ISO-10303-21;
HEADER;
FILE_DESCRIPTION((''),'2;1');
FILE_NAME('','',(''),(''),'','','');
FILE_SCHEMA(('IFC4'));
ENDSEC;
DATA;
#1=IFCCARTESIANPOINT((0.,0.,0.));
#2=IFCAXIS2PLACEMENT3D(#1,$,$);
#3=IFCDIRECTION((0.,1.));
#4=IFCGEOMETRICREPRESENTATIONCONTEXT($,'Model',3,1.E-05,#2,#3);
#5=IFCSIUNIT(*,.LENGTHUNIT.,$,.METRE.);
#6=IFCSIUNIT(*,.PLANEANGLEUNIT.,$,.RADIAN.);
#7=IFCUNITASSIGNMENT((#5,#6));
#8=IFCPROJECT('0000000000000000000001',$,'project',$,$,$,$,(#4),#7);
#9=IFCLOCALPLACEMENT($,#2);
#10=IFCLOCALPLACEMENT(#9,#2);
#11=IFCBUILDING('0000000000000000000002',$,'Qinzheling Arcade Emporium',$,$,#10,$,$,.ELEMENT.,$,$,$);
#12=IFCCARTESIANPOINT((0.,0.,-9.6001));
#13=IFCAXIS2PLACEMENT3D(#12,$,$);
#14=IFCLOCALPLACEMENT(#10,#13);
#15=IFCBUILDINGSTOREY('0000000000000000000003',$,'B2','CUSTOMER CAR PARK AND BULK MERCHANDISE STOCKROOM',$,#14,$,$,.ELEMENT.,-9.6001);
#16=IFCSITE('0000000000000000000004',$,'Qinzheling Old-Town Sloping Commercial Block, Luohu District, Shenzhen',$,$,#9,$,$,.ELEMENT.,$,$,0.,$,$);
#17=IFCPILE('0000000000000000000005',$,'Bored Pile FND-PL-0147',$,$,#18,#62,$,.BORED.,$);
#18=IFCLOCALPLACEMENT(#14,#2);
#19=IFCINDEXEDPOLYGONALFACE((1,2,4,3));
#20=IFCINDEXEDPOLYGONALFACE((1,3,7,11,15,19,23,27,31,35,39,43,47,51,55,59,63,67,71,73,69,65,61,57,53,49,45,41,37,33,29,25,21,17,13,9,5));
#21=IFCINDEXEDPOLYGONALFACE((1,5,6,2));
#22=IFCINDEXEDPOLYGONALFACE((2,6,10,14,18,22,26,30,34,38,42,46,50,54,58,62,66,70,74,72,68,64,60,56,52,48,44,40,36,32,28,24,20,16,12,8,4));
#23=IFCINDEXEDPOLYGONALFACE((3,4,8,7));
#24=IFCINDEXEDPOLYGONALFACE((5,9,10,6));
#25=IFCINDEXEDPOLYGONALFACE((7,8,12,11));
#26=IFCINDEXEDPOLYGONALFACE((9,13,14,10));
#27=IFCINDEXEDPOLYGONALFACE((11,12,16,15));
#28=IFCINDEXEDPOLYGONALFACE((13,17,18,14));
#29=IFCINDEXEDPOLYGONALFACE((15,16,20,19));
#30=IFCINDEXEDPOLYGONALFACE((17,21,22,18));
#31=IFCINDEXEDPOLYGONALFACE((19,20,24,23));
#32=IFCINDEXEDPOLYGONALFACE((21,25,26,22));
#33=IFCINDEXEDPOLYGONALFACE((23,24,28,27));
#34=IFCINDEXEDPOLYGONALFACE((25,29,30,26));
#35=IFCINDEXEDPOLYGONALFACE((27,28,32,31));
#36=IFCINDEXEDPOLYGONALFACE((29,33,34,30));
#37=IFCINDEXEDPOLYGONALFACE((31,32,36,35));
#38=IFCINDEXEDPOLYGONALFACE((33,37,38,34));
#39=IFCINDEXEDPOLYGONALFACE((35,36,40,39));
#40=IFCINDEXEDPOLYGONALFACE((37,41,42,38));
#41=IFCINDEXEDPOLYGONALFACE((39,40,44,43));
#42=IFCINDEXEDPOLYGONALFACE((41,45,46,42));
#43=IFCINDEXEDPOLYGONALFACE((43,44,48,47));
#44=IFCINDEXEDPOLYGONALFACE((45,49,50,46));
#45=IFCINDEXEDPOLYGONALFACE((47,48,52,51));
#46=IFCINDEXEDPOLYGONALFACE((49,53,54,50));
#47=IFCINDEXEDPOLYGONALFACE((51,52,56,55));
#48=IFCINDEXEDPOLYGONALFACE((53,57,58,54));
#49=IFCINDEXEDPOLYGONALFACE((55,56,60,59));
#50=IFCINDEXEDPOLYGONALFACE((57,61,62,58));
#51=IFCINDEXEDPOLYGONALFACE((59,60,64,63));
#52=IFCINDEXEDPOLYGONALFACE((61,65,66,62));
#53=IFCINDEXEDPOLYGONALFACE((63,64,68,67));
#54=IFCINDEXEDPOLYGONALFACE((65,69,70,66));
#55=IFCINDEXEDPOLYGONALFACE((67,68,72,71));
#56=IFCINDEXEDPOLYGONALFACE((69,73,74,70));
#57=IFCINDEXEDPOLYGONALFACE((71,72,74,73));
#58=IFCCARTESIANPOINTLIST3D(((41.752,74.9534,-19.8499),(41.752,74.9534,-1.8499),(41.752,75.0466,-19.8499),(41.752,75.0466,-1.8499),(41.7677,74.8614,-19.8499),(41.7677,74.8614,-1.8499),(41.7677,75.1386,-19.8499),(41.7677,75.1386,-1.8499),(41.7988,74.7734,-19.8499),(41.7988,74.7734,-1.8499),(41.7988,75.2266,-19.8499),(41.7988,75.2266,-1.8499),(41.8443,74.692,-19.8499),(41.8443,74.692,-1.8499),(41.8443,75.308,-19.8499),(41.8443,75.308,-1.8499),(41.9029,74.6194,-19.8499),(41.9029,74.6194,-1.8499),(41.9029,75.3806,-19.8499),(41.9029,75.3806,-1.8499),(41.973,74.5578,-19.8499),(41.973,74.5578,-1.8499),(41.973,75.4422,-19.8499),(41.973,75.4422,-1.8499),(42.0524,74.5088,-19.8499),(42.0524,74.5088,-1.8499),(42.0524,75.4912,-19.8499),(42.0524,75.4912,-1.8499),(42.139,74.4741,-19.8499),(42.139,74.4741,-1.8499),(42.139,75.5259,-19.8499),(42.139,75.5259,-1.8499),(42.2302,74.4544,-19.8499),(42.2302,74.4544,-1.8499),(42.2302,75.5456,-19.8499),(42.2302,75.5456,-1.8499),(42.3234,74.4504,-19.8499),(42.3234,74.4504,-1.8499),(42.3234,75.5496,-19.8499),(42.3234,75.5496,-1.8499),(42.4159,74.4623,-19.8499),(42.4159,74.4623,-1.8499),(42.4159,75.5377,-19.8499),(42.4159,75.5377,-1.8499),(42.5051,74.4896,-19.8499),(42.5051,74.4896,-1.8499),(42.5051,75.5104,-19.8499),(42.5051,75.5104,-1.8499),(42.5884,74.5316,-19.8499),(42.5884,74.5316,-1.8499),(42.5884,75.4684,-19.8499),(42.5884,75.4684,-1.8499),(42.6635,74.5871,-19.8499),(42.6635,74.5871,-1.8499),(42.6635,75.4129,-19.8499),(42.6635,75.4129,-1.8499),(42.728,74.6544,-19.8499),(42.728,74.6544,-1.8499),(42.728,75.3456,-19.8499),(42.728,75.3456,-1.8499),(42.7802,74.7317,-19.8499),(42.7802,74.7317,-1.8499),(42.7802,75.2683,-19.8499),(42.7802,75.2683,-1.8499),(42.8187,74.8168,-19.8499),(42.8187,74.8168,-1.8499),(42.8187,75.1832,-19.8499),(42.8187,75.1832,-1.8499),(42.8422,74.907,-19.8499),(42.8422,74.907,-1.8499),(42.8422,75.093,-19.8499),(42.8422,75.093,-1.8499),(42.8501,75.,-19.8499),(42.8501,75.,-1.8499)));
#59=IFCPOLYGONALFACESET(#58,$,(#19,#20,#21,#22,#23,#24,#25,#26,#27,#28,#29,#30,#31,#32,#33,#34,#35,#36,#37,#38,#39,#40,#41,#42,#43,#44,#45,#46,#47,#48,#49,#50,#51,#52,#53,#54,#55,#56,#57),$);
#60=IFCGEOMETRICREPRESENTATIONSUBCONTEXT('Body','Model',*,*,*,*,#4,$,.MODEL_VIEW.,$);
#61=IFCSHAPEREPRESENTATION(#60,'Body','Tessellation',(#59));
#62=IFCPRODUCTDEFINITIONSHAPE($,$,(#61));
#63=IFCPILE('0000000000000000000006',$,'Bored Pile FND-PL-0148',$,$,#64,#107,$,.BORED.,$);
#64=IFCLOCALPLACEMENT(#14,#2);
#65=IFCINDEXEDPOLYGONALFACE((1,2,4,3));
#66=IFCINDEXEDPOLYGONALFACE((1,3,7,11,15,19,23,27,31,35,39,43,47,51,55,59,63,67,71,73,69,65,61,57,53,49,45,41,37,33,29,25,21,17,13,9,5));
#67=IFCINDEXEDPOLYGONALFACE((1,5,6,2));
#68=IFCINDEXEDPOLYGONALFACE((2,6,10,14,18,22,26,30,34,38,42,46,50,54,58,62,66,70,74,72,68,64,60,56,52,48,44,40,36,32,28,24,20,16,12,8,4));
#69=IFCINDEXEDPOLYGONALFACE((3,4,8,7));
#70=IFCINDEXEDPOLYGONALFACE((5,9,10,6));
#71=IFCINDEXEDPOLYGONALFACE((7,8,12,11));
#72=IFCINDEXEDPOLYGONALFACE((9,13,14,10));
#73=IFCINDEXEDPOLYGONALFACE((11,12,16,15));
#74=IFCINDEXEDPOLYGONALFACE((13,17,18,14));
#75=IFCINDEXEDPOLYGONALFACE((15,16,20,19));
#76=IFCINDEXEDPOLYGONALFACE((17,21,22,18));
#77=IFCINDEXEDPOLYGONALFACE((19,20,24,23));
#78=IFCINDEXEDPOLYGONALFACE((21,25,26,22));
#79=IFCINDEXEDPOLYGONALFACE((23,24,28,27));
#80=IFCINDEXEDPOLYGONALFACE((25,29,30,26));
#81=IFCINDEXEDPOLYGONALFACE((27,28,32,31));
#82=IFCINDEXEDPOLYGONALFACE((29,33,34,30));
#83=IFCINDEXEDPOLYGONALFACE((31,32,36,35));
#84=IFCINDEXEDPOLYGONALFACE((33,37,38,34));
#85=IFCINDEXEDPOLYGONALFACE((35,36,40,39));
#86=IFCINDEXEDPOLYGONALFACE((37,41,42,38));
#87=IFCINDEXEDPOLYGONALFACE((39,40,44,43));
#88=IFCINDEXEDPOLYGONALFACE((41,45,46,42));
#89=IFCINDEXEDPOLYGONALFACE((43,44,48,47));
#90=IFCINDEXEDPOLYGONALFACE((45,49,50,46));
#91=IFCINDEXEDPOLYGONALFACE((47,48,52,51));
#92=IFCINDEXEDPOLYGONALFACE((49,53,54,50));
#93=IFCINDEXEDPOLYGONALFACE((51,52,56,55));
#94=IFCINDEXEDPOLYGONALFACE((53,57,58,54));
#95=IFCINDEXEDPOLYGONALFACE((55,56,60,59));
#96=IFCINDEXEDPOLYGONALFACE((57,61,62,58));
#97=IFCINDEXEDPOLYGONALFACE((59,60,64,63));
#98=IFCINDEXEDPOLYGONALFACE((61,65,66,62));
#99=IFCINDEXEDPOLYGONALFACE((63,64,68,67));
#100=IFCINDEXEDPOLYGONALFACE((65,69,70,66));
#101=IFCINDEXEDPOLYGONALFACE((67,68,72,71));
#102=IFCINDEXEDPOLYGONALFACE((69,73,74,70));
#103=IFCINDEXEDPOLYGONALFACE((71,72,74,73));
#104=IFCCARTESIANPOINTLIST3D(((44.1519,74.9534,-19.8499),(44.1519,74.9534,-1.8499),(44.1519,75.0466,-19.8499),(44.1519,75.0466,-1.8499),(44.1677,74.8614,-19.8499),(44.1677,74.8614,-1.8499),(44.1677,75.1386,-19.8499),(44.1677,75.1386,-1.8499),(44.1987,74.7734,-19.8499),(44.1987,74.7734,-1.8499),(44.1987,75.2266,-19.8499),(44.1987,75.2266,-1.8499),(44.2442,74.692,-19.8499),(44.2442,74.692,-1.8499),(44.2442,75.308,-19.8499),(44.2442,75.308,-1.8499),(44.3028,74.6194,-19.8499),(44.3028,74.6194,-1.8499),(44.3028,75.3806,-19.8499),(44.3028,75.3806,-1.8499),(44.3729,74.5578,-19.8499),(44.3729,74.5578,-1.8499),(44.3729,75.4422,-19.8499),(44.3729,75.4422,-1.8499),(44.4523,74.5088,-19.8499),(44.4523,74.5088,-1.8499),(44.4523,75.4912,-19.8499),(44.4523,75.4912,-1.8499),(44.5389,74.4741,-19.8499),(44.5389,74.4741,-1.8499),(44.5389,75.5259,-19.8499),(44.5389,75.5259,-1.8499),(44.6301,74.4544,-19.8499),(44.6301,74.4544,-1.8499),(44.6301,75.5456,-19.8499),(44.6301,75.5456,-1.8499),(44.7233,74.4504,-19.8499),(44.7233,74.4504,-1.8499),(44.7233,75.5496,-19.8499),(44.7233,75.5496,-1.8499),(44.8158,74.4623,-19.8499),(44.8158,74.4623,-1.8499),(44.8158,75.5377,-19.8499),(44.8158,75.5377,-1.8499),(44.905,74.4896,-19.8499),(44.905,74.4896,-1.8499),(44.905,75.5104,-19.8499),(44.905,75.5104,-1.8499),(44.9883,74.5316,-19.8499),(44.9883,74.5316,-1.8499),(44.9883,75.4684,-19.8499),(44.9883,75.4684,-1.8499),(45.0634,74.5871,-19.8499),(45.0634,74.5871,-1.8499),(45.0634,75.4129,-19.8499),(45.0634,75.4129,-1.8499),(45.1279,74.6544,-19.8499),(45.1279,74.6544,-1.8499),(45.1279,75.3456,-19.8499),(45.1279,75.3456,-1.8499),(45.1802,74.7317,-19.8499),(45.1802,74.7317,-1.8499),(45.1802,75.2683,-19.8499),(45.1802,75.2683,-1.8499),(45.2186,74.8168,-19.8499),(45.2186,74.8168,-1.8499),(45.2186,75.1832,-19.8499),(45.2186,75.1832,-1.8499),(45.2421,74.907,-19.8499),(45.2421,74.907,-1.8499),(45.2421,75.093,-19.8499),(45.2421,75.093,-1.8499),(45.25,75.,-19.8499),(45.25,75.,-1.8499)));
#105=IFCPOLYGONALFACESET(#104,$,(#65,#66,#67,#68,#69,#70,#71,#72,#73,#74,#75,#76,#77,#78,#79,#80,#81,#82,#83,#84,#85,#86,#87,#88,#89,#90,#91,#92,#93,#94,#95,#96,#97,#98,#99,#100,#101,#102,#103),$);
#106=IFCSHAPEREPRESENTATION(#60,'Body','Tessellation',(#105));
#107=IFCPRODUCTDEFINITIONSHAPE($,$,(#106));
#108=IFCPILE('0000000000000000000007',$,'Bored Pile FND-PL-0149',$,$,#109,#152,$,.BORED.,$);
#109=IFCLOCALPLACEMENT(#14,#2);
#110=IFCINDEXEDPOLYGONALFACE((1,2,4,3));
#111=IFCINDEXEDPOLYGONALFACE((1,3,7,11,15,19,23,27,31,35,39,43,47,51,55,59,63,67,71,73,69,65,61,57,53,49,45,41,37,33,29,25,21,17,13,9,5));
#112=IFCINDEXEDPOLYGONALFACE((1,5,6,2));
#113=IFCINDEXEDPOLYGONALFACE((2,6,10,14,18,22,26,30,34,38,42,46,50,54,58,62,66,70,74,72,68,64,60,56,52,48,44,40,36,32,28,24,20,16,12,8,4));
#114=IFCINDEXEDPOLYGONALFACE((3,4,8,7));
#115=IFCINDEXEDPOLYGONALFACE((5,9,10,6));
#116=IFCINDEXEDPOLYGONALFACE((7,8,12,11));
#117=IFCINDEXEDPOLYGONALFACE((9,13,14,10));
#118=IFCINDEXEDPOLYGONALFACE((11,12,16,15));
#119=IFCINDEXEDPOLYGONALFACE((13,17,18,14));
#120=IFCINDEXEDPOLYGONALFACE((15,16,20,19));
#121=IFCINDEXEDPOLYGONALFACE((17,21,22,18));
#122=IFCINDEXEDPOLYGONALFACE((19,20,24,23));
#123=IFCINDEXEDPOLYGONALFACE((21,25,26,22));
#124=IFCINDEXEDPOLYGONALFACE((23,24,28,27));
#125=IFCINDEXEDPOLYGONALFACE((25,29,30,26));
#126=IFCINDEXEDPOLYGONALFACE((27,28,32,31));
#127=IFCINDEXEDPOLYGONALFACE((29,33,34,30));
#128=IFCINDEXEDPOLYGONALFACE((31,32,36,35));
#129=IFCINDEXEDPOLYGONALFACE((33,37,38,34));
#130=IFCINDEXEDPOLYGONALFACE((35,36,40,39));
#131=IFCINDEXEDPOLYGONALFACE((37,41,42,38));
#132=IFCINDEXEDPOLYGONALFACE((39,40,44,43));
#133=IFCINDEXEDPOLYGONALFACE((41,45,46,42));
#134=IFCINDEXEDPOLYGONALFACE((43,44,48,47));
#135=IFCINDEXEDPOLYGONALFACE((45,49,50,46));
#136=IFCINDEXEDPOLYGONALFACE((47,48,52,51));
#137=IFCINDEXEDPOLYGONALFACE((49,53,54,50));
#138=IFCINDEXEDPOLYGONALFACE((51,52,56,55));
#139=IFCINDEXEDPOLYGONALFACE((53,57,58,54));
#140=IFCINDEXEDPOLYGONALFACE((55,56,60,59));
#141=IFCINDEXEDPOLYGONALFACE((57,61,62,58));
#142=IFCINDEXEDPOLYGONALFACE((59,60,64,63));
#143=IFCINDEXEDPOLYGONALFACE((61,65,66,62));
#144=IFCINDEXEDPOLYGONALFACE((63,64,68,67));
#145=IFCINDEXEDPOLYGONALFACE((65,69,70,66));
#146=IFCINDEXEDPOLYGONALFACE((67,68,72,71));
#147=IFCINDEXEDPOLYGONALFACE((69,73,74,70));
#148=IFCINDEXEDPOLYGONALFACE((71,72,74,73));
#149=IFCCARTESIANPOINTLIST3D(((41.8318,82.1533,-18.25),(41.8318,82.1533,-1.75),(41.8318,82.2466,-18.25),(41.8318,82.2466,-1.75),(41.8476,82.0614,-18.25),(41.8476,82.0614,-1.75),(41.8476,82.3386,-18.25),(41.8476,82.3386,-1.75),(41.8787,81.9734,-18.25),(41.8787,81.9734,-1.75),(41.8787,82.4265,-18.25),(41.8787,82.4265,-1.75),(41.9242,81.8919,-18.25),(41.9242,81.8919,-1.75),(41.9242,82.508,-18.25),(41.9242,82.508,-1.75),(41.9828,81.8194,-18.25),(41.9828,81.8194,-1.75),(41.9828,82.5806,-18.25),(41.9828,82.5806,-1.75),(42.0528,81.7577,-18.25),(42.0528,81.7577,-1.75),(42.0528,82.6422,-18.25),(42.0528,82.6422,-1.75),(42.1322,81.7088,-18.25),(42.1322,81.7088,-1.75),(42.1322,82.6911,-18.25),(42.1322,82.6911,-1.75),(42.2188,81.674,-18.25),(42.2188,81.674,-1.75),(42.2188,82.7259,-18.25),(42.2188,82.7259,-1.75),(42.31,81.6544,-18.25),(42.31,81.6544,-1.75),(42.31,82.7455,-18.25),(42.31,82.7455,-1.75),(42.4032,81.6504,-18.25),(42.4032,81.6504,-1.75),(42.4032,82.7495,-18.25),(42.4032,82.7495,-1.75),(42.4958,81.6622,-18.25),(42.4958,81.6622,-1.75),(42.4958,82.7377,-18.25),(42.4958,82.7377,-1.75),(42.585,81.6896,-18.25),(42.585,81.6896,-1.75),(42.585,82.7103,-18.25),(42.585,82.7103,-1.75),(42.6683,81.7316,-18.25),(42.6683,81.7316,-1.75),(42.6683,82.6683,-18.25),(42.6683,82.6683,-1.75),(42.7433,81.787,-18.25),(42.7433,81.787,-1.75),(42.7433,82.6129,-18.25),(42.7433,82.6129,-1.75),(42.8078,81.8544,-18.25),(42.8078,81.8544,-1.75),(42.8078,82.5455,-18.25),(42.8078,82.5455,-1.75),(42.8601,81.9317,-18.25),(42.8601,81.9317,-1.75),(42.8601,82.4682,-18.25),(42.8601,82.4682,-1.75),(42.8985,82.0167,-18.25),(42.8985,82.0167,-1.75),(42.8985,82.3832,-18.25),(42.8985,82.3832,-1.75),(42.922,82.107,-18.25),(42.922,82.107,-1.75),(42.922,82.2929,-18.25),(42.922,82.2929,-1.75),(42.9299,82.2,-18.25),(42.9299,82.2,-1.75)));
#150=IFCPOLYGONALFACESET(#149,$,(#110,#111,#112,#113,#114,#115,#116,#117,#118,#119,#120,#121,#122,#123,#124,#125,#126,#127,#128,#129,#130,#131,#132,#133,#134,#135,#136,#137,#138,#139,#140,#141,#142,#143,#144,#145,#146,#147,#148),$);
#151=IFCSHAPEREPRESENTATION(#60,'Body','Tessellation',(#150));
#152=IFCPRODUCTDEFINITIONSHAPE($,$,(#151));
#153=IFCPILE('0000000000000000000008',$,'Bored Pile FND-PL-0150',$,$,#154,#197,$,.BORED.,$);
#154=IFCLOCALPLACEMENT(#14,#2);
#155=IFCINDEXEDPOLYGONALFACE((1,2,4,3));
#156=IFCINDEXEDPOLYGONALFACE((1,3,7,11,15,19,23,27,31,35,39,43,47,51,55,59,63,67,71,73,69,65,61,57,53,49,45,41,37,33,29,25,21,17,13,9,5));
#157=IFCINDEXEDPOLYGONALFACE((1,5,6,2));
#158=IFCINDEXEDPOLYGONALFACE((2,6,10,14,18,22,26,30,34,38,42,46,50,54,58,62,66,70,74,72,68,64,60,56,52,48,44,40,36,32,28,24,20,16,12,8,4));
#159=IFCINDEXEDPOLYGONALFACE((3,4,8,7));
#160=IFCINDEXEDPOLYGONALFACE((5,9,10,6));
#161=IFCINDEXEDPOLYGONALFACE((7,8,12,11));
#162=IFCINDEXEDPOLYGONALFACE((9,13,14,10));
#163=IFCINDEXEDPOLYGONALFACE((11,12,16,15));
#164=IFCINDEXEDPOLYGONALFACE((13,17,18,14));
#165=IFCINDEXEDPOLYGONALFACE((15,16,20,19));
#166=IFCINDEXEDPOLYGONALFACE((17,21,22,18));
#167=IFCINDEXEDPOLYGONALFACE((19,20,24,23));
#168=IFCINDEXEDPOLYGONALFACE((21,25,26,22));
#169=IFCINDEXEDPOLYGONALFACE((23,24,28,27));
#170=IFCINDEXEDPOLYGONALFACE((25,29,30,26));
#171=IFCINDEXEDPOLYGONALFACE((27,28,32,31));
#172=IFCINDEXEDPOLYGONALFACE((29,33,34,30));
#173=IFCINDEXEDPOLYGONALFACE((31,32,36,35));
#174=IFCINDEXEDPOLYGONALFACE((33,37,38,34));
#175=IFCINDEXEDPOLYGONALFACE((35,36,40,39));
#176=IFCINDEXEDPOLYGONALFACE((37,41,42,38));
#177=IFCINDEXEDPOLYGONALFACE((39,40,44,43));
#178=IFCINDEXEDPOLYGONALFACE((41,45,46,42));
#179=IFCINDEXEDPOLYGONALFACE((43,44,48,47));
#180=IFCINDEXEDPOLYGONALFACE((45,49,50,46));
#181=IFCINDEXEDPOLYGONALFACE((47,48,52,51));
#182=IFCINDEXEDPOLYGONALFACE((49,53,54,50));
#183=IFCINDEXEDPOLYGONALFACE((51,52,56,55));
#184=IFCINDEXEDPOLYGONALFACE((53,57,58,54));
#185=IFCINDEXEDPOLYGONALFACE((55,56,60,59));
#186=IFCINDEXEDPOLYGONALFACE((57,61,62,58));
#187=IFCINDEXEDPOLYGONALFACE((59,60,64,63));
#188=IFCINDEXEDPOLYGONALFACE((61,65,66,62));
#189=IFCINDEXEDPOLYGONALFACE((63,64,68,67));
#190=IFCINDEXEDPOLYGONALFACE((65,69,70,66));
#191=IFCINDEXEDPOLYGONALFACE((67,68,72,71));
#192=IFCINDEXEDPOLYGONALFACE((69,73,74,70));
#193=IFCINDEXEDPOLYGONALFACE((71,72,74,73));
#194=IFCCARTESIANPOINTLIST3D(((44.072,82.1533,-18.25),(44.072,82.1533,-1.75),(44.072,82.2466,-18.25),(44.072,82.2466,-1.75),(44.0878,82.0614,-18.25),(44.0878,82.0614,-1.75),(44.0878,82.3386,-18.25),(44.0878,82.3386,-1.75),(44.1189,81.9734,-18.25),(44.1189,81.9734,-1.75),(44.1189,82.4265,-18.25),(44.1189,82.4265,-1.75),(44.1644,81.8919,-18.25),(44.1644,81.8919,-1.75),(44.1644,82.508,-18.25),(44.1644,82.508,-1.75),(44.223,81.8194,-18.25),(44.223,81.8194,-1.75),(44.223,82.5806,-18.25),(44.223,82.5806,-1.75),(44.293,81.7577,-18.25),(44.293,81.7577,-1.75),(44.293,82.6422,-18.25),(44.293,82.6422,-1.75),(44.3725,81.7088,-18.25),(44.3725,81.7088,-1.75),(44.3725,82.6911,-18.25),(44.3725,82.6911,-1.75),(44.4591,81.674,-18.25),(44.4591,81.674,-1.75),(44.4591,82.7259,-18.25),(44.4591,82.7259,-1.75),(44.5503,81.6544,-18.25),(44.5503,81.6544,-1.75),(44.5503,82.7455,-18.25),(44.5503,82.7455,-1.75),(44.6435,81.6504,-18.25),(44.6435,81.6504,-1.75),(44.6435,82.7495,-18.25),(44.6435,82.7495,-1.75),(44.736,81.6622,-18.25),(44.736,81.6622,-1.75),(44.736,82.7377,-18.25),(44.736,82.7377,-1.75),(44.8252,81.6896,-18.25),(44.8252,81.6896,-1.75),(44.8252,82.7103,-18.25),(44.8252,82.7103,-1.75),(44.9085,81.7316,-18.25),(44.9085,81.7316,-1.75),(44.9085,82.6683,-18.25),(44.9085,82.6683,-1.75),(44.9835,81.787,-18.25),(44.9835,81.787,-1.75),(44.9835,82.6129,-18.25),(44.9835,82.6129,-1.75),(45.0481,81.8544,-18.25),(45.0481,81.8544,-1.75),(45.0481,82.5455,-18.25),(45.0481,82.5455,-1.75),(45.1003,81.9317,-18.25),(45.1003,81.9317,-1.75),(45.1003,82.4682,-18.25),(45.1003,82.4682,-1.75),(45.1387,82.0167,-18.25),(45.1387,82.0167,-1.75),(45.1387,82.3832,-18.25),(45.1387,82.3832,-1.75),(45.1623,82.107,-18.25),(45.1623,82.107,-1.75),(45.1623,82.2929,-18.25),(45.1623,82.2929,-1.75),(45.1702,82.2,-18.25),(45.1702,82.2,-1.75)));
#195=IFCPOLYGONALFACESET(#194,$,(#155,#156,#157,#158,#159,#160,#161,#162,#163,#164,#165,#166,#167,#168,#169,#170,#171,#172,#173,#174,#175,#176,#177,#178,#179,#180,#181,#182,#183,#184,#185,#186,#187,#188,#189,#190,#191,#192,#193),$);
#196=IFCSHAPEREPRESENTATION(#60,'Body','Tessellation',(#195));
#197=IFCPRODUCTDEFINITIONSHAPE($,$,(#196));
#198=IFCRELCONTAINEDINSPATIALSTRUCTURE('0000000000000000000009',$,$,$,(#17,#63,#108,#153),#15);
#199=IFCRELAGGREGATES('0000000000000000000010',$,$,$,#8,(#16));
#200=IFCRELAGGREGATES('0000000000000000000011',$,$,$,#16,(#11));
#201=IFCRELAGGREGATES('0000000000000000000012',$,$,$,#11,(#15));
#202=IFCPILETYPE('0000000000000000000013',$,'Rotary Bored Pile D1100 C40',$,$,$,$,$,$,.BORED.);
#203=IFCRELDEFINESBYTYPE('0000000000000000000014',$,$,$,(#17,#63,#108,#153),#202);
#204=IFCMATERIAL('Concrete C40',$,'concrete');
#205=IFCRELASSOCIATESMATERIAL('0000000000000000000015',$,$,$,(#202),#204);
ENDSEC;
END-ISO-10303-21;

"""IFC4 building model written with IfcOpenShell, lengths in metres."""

from ifc_helpers import new_model, si_unit, direction, frame, origin, origin_2d, place, context, subcontext, project, spatial, circle, extrude, material, material_profile, profile_set, type_object, element, save


model = new_model("IFC4")

# Units and contexts
model_context = context("Model", 3, precision=1e-05, world=origin(), true_north=direction((0.0, 1.0)))
body_context = subcontext(model_context, "Body", "Model", "MODEL_VIEW")
ifc_project = project(units=[si_unit("LENGTHUNIT", "METRE"), si_unit("PLANEANGLEUNIT", "RADIAN")], contexts=[model_context])

# Site, building, storey
site_placement = place(None, origin())
site = spatial("IfcSite", under=ifc_project, at=site_placement, Name="Qinzheling Old-Town Sloping Commercial Block, Luohu District, Shenzhen", CompositionType="ELEMENT", RefElevation=0.0)
building_placement = place(site_placement, origin())
building = spatial("IfcBuilding", under=site, at=building_placement, Name="Qinzheling Arcade Emporium", CompositionType="ELEMENT")
storey_placement = place(building_placement, frame((0.0, 0.0, -9.6001)))
storey = spatial("IfcBuildingStorey", under=building, at=storey_placement, Name="B2", Description="CUSTOMER CAR PARK AND BULK MERCHANDISE STOCKROOM", CompositionType="ELEMENT", Elevation=-9.6001)

# Shared definitions
ifc_material_1 = material(Name="Concrete C40", Category="concrete")

# Piles
ifc_material_profile_1 = material_profile(ifc_material_1, circle(Radius=0.55, at=origin_2d()), Name="BORED D1100", Category="concrete")
ifc_profile_set_1 = profile_set([ifc_material_profile_1], Name="Concrete C40")
pile_type_1 = type_object("IfcPileType", Name="Rotary Bored Pile D1100 C40", PredefinedType="BORED", material=ifc_profile_set_1)
for number, where, z_axis, x_axis, name in (
    (1, (42.3, 75.0, -1.8499), (0.0, 0.0, -1.0), (1.0, 0.0, 0.0), "Bored Pile FND-PL-0147"),
    (2, (44.7, 75.0, -1.8499), (0.0, 0.0, -1.0), (1.0, 0.0, 0.0), "Bored Pile FND-PL-0148"),
):
    element("IfcPile", number, at=place(storey_placement, frame(where, z_axis=z_axis, x_axis=x_axis)), inside=storey, type_object=pile_type_1, Name=name, PredefinedType="BORED", context=body_context, shape_type="SweptSolid", body=[
        extrude(circle(Radius=0.55, at=origin_2d()), origin(), (0.0, 0.0, 1.0), 18.0),
    ])
for number, where, z_axis, x_axis, name in (
    (3, (42.3799, 82.2, -1.75), (0.0, 0.0, -1.0), (1.0, 0.0, 0.0), "Bored Pile FND-PL-0149"),
    (4, (44.6201, 82.2, -1.75), (0.0, 0.0, -1.0), (1.0, 0.0, 0.0), "Bored Pile FND-PL-0150"),
):
    element("IfcPile", number, at=place(storey_placement, frame(where, z_axis=z_axis, x_axis=x_axis)), inside=storey, type_object=pile_type_1, Name=name, PredefinedType="BORED", context=body_context, shape_type="SweptSolid", body=[
        extrude(circle(Radius=0.55, at=origin_2d()), origin(), (0.0, 0.0, 1.0), 16.5),
    ])

save(model, "model.ifc")
